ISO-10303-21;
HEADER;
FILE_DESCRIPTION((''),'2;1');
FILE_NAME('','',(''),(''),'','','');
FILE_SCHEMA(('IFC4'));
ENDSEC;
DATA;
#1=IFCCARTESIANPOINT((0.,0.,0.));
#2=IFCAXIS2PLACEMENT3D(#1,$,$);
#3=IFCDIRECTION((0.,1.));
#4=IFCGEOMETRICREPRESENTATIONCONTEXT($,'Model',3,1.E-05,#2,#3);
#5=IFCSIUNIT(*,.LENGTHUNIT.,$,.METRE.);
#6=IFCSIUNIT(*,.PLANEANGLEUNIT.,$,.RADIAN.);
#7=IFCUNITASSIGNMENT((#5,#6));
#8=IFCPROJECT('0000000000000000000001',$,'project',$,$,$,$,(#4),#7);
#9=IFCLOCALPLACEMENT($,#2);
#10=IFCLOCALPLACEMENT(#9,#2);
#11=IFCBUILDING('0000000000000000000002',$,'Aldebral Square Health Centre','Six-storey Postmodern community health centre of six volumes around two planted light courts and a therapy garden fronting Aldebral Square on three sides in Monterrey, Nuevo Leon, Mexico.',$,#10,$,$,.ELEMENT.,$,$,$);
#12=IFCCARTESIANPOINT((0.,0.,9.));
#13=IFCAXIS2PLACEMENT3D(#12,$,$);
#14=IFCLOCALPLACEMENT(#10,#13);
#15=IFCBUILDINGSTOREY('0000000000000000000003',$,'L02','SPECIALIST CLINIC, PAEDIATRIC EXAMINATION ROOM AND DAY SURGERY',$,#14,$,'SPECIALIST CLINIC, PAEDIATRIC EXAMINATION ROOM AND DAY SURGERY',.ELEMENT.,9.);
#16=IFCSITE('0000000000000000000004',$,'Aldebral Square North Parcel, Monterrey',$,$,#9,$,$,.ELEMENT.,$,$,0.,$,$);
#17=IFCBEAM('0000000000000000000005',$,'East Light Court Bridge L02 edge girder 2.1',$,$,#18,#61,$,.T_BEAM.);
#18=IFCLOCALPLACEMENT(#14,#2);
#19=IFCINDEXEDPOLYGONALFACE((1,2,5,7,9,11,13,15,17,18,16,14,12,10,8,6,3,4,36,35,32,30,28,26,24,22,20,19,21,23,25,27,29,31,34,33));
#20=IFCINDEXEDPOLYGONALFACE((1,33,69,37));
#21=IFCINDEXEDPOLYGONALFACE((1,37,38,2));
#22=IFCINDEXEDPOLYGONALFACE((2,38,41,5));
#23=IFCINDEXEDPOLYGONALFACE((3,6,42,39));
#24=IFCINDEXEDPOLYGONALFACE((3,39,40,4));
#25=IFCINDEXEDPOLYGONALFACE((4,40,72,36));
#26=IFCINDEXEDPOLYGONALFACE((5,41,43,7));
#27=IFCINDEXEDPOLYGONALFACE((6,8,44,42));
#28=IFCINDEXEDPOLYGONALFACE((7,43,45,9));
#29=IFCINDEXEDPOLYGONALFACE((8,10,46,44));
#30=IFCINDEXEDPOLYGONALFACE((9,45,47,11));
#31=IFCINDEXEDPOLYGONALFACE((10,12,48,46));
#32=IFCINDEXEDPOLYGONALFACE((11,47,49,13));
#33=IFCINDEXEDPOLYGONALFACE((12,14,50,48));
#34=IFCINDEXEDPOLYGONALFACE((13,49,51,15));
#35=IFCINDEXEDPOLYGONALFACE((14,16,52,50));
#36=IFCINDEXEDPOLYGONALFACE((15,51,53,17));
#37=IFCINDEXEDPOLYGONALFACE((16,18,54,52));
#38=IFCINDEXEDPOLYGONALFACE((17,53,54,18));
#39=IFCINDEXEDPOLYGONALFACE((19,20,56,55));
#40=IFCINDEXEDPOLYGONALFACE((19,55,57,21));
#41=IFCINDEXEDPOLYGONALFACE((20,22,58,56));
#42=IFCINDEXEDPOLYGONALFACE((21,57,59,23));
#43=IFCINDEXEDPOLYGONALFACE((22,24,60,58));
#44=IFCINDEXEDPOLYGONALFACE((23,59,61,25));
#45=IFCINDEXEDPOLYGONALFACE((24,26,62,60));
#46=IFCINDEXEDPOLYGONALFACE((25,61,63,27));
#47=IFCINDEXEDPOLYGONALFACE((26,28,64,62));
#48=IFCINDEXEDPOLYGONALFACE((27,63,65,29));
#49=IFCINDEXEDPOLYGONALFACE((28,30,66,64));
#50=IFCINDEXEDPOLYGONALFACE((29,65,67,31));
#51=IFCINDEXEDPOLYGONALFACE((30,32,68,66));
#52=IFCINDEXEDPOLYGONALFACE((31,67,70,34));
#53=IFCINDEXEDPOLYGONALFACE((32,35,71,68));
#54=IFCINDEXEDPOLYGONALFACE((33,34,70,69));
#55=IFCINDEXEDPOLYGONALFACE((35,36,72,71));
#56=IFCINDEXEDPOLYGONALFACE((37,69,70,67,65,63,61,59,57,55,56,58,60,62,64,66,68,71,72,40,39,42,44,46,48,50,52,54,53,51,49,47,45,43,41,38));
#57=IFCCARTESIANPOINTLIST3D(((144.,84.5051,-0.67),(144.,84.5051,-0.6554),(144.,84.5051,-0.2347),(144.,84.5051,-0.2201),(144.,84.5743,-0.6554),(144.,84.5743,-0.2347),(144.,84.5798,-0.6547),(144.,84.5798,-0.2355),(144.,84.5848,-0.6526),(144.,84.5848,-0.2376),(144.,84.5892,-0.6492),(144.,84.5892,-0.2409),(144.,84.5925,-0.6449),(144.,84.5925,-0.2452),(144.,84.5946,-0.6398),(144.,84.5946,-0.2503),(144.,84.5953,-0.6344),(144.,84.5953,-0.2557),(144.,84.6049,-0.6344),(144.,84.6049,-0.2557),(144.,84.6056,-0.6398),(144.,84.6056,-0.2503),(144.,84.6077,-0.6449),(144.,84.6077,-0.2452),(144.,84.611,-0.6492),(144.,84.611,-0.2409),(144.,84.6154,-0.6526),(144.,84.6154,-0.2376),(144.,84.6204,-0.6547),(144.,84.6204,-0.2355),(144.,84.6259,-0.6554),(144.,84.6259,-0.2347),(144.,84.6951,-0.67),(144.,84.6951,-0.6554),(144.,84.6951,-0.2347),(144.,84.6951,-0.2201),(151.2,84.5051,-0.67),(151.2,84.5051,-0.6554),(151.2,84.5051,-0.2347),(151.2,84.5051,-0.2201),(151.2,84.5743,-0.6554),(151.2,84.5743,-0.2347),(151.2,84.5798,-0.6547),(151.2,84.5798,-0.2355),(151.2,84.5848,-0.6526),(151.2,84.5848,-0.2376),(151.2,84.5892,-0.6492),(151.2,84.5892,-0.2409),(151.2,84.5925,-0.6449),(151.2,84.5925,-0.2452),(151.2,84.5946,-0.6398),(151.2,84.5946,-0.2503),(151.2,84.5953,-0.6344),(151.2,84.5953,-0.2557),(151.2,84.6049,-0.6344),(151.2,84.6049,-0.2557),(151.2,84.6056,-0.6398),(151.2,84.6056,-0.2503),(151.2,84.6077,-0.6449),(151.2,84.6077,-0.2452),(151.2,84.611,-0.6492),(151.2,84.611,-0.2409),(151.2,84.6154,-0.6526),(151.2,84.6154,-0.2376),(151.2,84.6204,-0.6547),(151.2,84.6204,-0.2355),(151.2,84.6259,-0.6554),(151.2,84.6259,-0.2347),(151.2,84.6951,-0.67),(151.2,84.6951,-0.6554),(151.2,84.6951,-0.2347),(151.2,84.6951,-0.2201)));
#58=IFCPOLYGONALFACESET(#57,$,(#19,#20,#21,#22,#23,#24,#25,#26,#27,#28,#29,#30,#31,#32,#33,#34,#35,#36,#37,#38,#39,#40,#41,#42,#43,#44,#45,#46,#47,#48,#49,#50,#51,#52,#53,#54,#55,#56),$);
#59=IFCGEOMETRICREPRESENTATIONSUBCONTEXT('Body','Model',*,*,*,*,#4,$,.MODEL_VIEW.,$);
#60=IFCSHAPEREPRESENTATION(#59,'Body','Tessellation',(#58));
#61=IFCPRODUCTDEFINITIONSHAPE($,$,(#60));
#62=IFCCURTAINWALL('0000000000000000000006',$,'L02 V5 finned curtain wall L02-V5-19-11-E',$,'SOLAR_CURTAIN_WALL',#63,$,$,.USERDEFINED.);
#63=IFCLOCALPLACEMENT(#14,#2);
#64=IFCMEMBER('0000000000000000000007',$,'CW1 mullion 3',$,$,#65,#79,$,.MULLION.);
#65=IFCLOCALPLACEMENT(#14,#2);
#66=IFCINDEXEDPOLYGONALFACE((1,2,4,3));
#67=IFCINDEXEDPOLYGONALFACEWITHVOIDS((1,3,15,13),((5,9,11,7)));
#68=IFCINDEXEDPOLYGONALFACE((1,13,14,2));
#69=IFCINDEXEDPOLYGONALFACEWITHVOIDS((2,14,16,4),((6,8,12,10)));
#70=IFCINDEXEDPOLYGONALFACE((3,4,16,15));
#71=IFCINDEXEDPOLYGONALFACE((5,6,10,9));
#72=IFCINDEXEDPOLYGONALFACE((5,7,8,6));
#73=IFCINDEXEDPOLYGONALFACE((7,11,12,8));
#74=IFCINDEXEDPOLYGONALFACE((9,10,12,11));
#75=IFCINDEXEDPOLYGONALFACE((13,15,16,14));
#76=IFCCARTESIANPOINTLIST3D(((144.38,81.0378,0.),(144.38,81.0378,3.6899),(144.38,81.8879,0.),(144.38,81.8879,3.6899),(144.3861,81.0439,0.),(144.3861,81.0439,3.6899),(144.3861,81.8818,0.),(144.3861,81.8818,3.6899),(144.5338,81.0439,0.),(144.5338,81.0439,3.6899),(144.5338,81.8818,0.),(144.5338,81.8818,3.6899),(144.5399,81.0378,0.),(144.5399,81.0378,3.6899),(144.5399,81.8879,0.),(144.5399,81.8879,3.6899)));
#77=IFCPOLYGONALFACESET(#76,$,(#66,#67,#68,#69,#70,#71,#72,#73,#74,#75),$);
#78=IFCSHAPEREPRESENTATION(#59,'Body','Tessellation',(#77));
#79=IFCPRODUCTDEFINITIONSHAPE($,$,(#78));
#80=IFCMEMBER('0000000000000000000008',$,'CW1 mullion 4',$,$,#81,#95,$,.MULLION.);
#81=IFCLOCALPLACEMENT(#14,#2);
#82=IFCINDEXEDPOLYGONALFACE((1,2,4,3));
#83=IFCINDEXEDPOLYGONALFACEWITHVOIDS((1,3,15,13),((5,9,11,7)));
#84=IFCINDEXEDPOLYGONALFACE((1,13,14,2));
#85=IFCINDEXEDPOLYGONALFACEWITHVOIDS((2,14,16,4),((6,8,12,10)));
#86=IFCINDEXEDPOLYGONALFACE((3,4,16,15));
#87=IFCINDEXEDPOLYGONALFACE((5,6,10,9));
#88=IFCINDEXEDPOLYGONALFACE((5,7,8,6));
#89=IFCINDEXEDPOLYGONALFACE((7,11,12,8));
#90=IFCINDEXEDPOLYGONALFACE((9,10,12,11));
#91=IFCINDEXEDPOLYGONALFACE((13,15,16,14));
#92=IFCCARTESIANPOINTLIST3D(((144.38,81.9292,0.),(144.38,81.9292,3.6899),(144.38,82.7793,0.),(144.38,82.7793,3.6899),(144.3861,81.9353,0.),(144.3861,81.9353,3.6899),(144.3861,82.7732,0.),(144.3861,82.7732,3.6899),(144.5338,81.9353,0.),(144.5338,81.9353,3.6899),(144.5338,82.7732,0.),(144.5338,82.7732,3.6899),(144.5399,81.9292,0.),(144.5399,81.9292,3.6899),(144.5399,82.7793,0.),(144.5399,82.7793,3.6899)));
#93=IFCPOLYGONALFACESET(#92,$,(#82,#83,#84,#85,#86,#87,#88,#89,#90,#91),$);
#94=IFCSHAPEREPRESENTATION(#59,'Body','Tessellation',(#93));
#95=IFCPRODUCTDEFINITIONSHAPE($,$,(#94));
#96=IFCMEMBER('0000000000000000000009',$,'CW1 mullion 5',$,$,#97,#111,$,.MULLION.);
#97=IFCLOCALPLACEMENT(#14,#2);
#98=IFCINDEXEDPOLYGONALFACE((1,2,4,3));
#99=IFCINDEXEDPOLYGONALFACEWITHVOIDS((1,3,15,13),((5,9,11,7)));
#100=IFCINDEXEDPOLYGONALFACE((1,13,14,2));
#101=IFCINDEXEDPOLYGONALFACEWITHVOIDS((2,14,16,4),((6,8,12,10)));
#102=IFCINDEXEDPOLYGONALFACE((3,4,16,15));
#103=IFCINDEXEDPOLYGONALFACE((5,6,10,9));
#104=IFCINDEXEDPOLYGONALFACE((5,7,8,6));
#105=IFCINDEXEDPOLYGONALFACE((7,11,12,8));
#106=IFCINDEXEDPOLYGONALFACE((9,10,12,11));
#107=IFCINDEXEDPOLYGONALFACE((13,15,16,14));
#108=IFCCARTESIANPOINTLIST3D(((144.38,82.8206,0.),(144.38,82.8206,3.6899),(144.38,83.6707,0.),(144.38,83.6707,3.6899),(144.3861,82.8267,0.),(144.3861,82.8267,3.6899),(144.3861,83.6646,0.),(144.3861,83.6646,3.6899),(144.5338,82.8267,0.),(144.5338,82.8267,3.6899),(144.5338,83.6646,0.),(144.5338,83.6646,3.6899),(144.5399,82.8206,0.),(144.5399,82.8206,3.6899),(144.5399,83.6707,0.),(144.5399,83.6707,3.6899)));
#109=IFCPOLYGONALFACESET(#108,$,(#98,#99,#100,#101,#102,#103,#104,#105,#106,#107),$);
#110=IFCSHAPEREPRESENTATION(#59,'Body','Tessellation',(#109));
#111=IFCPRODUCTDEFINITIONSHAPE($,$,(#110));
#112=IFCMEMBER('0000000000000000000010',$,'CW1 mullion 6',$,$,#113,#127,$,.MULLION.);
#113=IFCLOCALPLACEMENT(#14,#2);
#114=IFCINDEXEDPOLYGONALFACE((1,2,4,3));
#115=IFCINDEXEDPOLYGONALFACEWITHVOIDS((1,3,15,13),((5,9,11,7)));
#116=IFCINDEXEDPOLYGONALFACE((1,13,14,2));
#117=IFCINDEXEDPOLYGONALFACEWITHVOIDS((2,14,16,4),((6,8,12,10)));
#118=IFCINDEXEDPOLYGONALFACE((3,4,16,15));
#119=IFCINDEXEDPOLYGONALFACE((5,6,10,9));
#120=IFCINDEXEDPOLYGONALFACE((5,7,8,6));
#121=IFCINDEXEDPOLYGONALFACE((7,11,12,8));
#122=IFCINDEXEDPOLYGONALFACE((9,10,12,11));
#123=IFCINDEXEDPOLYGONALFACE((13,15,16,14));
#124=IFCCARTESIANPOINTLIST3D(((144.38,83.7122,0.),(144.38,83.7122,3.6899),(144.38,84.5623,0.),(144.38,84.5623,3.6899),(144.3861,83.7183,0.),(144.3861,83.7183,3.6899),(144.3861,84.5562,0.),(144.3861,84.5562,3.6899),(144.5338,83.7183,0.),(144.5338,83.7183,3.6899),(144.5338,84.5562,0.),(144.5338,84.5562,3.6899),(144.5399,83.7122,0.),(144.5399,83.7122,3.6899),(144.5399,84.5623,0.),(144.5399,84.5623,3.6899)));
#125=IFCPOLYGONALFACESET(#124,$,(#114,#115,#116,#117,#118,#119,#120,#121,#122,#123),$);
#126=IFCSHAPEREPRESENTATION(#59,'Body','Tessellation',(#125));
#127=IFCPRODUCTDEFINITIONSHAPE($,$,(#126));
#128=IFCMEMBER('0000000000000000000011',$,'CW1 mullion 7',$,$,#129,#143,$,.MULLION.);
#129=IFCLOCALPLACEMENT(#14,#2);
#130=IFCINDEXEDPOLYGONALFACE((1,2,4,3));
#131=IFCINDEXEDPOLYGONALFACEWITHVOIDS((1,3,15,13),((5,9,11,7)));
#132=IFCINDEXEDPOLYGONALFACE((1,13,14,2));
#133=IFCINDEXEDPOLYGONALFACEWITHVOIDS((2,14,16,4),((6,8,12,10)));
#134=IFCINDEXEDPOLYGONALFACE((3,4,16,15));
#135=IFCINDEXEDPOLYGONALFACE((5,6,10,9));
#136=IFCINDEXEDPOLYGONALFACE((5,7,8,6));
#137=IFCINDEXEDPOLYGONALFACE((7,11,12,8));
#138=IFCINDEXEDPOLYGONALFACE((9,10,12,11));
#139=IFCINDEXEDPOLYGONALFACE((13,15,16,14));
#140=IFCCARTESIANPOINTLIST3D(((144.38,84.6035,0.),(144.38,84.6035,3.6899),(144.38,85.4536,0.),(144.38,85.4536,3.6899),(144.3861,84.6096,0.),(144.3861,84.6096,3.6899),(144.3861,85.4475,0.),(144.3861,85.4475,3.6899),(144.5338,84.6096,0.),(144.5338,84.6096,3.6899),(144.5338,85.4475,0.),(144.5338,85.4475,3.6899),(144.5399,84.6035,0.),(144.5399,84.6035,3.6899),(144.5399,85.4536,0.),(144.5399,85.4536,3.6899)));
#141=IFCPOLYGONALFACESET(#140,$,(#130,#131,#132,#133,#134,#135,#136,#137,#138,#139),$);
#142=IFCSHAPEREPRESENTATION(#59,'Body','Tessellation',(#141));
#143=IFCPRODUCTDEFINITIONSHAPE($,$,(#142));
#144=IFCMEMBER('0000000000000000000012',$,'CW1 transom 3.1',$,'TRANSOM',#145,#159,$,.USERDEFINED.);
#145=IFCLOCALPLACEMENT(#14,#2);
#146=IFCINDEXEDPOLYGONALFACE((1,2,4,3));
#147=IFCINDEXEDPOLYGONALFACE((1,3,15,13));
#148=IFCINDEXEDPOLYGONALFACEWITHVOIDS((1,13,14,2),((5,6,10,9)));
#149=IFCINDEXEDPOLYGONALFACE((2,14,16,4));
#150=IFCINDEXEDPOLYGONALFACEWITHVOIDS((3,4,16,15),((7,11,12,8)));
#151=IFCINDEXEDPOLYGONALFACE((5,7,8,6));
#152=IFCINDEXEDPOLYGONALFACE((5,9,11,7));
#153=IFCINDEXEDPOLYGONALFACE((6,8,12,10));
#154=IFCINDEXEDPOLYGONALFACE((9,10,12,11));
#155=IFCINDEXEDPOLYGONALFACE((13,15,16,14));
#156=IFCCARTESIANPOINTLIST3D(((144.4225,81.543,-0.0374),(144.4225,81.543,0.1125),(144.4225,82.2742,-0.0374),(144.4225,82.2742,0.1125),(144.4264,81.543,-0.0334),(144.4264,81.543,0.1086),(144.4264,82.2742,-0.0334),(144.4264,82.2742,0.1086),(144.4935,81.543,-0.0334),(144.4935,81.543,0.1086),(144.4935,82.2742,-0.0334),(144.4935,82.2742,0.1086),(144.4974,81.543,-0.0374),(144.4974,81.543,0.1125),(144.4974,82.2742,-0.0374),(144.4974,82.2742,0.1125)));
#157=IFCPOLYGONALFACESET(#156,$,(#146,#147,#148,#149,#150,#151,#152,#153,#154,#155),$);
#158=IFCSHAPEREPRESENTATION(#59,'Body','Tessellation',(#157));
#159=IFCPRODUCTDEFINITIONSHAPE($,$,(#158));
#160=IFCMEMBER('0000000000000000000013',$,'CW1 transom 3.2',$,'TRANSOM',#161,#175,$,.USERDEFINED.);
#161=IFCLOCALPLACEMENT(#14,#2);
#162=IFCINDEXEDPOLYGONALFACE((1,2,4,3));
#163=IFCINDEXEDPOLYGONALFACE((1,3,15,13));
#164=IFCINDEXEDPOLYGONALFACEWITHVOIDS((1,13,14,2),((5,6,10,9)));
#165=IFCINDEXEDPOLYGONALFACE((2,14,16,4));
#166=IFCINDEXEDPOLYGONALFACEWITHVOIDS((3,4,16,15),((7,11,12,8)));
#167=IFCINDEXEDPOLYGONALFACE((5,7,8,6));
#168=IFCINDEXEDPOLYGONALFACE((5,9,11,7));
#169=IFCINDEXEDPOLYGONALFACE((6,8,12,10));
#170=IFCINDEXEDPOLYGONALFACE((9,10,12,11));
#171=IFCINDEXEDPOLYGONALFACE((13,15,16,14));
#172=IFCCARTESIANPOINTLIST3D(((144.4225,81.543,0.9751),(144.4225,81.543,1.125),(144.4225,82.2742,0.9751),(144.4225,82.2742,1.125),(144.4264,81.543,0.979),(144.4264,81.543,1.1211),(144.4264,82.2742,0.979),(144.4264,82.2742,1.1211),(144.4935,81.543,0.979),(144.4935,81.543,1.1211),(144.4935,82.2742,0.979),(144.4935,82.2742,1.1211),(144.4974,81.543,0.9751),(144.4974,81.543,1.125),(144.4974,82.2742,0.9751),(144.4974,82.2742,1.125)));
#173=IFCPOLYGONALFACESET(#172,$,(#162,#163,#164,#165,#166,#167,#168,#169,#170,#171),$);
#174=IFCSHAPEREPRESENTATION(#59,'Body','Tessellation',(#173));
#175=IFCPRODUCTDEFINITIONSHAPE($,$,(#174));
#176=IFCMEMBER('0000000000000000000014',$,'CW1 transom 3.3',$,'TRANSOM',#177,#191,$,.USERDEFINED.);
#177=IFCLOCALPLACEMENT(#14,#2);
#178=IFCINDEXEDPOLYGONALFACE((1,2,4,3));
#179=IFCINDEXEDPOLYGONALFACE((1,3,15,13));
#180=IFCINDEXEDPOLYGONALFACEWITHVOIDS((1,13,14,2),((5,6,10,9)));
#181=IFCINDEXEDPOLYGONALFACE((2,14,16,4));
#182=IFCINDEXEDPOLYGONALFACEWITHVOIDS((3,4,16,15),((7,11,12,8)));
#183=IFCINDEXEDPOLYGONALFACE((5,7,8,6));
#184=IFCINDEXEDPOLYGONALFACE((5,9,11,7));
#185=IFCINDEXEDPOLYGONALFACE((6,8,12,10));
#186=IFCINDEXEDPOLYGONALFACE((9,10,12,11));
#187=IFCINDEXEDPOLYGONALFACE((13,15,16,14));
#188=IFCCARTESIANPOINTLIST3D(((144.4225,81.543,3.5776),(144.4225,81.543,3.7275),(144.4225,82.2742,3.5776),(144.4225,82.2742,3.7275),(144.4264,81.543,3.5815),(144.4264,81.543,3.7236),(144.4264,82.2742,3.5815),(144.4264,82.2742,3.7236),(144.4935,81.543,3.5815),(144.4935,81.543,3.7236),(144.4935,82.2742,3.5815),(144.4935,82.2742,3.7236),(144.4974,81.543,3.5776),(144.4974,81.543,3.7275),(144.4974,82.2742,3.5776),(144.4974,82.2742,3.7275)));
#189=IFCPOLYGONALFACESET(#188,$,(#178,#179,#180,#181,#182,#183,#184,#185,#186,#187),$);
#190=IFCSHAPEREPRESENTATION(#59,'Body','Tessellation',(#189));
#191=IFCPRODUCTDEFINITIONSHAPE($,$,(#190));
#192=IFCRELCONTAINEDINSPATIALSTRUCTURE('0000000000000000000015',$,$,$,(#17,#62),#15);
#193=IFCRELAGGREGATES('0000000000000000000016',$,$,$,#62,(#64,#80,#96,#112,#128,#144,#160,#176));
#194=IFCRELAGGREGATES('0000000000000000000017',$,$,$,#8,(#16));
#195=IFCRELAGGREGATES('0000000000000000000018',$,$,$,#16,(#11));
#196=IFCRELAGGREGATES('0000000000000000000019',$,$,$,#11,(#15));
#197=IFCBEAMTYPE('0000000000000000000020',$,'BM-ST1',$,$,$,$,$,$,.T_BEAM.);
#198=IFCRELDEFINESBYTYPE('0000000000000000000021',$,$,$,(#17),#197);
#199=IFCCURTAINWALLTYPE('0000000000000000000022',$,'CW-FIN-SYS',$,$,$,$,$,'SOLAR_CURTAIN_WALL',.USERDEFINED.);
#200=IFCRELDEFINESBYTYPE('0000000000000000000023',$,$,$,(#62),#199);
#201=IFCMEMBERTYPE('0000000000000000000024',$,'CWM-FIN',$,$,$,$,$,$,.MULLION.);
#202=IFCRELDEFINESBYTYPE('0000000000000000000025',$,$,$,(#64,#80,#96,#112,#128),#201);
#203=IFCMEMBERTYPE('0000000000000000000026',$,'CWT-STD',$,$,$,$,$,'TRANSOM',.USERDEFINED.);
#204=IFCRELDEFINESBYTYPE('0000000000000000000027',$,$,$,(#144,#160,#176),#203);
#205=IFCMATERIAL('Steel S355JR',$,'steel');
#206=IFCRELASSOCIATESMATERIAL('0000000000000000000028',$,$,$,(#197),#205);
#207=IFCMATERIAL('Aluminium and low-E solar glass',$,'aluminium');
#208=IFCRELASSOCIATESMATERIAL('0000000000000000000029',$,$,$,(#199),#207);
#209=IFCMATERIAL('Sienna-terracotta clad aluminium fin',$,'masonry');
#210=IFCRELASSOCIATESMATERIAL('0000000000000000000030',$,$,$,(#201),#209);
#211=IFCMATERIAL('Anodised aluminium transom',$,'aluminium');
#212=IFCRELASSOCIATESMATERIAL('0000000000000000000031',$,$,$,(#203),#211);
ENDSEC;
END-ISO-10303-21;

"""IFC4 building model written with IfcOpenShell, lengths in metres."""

from ifc_helpers import new_model, si_unit, direction, frame, origin, origin_2d, place, context, subcontext, project, spatial, hollow_rectangle, i_section, extrude, material, material_profile, profile_set, type_object, element, aggregate, save


model = new_model("IFC4")

# Units and contexts
model_context = context("Model", 3, precision=1e-05, world=origin(), true_north=direction((0.0, 1.0)))
body_context = subcontext(model_context, "Body", "Model", "MODEL_VIEW")
ifc_project = project(units=[si_unit("LENGTHUNIT", "METRE"), si_unit("PLANEANGLEUNIT", "RADIAN")], contexts=[model_context])

# Site, building, storey
site_placement = place(None, origin())
site = spatial("IfcSite", under=ifc_project, at=site_placement, Name="Aldebral Square North Parcel, Monterrey", CompositionType="ELEMENT", RefElevation=0.0)
building_placement = place(site_placement, origin())
building = spatial("IfcBuilding", under=site, at=building_placement, Name="Aldebral Square Health Centre", Description="Six-storey Postmodern community health centre of six volumes around two planted light courts and a therapy garden fronting Aldebral Square on three sides in Monterrey, Nuevo Leon, Mexico.", CompositionType="ELEMENT")
storey_placement = place(building_placement, frame((0.0, 0.0, 9.0)))
storey = spatial("IfcBuildingStorey", under=building, at=storey_placement, Name="L02", Description="SPECIALIST CLINIC, PAEDIATRIC EXAMINATION ROOM AND DAY SURGERY", LongName="SPECIALIST CLINIC, PAEDIATRIC EXAMINATION ROOM AND DAY SURGERY", CompositionType="ELEMENT", Elevation=9.0)

# Beam
ifc_material_1 = material(Name="Steel S355JR", Category="steel")
ifc_material_profile_1 = material_profile(ifc_material_1, i_section(OverallWidth=0.1899, OverallDepth=0.45, WebThickness=0.0095, FlangeThickness=0.0146, FilletRadius=0.021, at=origin_2d()), Name="IPE 450")
ifc_profile_set_1 = profile_set([ifc_material_profile_1], Name="Steel S355JR")
beam_type = type_object("IfcBeamType", Name="BM-ST1", PredefinedType="T_BEAM", material=ifc_profile_set_1)
beam_placement = place(storey_placement, frame((144.0, 84.6001, -0.4451), z_axis=(1.0, 0.0, 0.0), x_axis=(0.0, 1.0, 0.0)))
element("IfcBeam", 1, at=beam_placement, inside=storey, type_object=beam_type, Name="East Light Court Bridge L02 edge girder 2.1", PredefinedType="T_BEAM", context=body_context, shape_type="SweptSolid", body=[
    extrude(i_section(OverallWidth=0.1899, OverallDepth=0.45, WebThickness=0.0095, FlangeThickness=0.0146, FilletRadius=0.021, at=origin_2d()), origin(), (0.0, 0.0, 1.0), 7.2),
])

# Curtain wall, members
ifc_material_2 = material(Name="Aluminium and low-E solar glass", Category="aluminium")
curtain_wall_type = type_object("IfcCurtainWallType", Name="CW-FIN-SYS", ElementType="SOLAR_CURTAIN_WALL", PredefinedType="USERDEFINED", material=ifc_material_2)
curtain_wall_placement = place(storey_placement, origin())
curtain_wall = element("IfcCurtainWall", 2, at=curtain_wall_placement, inside=storey, type_object=curtain_wall_type, Name="L02 V5 finned curtain wall L02-V5-19-11-E", ObjectType="SOLAR_CURTAIN_WALL", PredefinedType="USERDEFINED")
ifc_material_3 = material(Name="Sienna-terracotta clad aluminium fin", Category="masonry")
ifc_material_profile_2 = material_profile(ifc_material_3, hollow_rectangle(XDim=0.1599, YDim=0.8501, WallThickness=0.0061, at=origin_2d()), Name="FIN 160x850x6")
ifc_profile_set_2 = profile_set([ifc_material_profile_2], Name="Sienna-terracotta clad aluminium fin")
member_type_1 = type_object("IfcMemberType", Name="CWM-FIN", PredefinedType="MULLION", material=ifc_profile_set_2)
member_1_placement = place(storey_placement, frame((144.46, 81.4629, 0.0), z_axis=(0.0, 0.0, 1.0), x_axis=(-1.0, 0.0, 0.0)))
member_1 = element("IfcMember", 3, at=member_1_placement, type_object=member_type_1, Name="CW1 mullion 3", PredefinedType="MULLION", context=body_context, shape_type="SweptSolid", body=[
    extrude(hollow_rectangle(XDim=0.1599, YDim=0.8501, WallThickness=0.0061, at=origin_2d()), origin(), (0.0, 0.0, 1.0), 3.6899),
])
member_2_placement = place(storey_placement, frame((144.46, 82.3542, 0.0), z_axis=(0.0, 0.0, 1.0), x_axis=(-1.0, 0.0, 0.0)))
member_2 = element("IfcMember", 4, at=member_2_placement, type_object=member_type_1, Name="CW1 mullion 4", PredefinedType="MULLION", context=body_context, shape_type="SweptSolid", body=[
    extrude(hollow_rectangle(XDim=0.1599, YDim=0.8501, WallThickness=0.0061, at=origin_2d()), origin(), (0.0, 0.0, 1.0), 3.6899),
])
member_3_placement = place(storey_placement, frame((144.46, 83.2456, 0.0), z_axis=(0.0, 0.0, 1.0), x_axis=(-1.0, 0.0, 0.0)))
member_3 = element("IfcMember", 5, at=member_3_placement, type_object=member_type_1, Name="CW1 mullion 5", PredefinedType="MULLION", context=body_context, shape_type="SweptSolid", body=[
    extrude(hollow_rectangle(XDim=0.1599, YDim=0.8501, WallThickness=0.0061, at=origin_2d()), origin(), (0.0, 0.0, 1.0), 3.6899),
])
member_4_placement = place(storey_placement, frame((144.46, 84.1372, 0.0), z_axis=(0.0, 0.0, 1.0), x_axis=(-1.0, 0.0, 0.0)))
member_4 = element("IfcMember", 6, at=member_4_placement, type_object=member_type_1, Name="CW1 mullion 6", PredefinedType="MULLION", context=body_context, shape_type="SweptSolid", body=[
    extrude(hollow_rectangle(XDim=0.1599, YDim=0.8501, WallThickness=0.0061, at=origin_2d()), origin(), (0.0, 0.0, 1.0), 3.6899),
])
member_5_placement = place(storey_placement, frame((144.46, 85.0286, 0.0), z_axis=(0.0, 0.0, 1.0), x_axis=(-1.0, 0.0, 0.0)))
member_5 = element("IfcMember", 7, at=member_5_placement, type_object=member_type_1, Name="CW1 mullion 7", PredefinedType="MULLION", context=body_context, shape_type="SweptSolid", body=[
    extrude(hollow_rectangle(XDim=0.1599, YDim=0.8501, WallThickness=0.0061, at=origin_2d()), origin(), (0.0, 0.0, 1.0), 3.6899),
])
ifc_material_4 = material(Name="Anodised aluminium transom", Category="aluminium")
ifc_material_profile_3 = material_profile(ifc_material_4, hollow_rectangle(XDim=0.075, YDim=0.1499, WallThickness=0.0039, at=origin_2d()), Name="CWT 75x150x4")
ifc_profile_set_3 = profile_set([ifc_material_profile_3], Name="Anodised aluminium transom")
member_type_2 = type_object("IfcMemberType", Name="CWT-STD", ElementType="TRANSOM", PredefinedType="USERDEFINED", material=ifc_profile_set_3)
member_6_placement = place(storey_placement, frame((144.46, 81.543, 0.0376), z_axis=(0.0, 1.0, 0.0), x_axis=(-1.0, 0.0, 0.0)))
member_6 = element("IfcMember", 8, at=member_6_placement, type_object=member_type_2, Name="CW1 transom 3.1", ObjectType="TRANSOM", PredefinedType="USERDEFINED", context=body_context, shape_type="SweptSolid", body=[
    extrude(hollow_rectangle(XDim=0.075, YDim=0.1499, WallThickness=0.0039, at=origin_2d()), origin(), (0.0, 0.0, 1.0), 0.7312),
])
member_7_placement = place(storey_placement, frame((144.46, 81.543, 1.05), z_axis=(0.0, 1.0, 0.0), x_axis=(-1.0, 0.0, 0.0)))
member_7 = element("IfcMember", 9, at=member_7_placement, type_object=member_type_2, Name="CW1 transom 3.2", ObjectType="TRANSOM", PredefinedType="USERDEFINED", context=body_context, shape_type="SweptSolid", body=[
    extrude(hollow_rectangle(XDim=0.075, YDim=0.1499, WallThickness=0.0039, at=origin_2d()), origin(), (0.0, 0.0, 1.0), 0.7312),
])
member_8_placement = place(storey_placement, frame((144.46, 81.543, 3.6526), z_axis=(0.0, 1.0, 0.0), x_axis=(-1.0, 0.0, 0.0)))
member_8 = element("IfcMember", 10, at=member_8_placement, type_object=member_type_2, Name="CW1 transom 3.3", ObjectType="TRANSOM", PredefinedType="USERDEFINED", context=body_context, shape_type="SweptSolid", body=[
    extrude(hollow_rectangle(XDim=0.075, YDim=0.1499, WallThickness=0.0039, at=origin_2d()), origin(), (0.0, 0.0, 1.0), 0.7312),
])
aggregate(curtain_wall, [member_1, member_2, member_3, member_4, member_5, member_6, member_7, member_8])

save(model, "model.ifc")
